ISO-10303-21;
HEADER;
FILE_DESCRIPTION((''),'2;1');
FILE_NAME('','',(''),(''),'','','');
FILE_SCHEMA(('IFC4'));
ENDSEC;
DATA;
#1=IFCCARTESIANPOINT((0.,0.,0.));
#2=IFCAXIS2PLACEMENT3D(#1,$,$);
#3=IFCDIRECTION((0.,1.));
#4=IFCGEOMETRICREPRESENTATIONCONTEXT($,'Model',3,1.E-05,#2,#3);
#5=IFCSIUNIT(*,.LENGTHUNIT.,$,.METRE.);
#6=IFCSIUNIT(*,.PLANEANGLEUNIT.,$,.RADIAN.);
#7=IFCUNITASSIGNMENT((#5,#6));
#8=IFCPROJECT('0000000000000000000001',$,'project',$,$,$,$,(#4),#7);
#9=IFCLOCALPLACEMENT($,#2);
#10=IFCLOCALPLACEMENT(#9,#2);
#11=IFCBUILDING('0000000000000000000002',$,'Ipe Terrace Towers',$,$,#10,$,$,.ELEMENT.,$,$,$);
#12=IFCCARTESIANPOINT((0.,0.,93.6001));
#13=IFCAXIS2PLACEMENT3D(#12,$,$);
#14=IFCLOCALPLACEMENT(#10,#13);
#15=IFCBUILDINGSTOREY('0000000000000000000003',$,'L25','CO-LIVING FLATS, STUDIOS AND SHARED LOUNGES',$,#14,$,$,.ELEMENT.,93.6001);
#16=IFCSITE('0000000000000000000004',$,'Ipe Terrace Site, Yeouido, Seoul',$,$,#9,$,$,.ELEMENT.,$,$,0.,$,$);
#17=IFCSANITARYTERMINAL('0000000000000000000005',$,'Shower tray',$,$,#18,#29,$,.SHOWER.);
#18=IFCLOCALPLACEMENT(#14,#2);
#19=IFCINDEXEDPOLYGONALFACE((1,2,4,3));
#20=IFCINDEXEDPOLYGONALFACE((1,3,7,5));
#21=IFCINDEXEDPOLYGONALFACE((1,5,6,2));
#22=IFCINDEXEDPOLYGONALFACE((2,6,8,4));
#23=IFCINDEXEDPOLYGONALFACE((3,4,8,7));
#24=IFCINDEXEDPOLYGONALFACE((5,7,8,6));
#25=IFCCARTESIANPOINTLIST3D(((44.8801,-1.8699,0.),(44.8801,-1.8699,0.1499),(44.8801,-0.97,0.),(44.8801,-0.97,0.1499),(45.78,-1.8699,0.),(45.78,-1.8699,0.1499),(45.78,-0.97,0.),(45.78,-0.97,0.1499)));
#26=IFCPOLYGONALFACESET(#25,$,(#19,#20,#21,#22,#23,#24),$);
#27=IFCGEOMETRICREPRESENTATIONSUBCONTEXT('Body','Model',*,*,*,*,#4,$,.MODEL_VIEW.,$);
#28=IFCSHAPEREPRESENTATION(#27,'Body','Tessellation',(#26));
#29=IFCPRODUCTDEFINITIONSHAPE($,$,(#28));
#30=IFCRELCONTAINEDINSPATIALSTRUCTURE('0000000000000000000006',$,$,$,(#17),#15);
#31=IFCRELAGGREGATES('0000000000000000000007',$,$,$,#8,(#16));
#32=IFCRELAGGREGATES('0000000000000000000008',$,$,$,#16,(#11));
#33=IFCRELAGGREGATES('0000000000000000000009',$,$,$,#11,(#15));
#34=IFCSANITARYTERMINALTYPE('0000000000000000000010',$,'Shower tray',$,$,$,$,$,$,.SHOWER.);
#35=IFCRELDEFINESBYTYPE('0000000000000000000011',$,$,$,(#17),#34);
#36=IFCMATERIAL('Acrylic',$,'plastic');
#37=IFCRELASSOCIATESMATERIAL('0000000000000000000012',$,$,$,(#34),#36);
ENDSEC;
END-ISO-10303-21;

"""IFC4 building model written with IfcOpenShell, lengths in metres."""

from ifc_helpers import new_model, si_unit, direction, frame, origin, origin_2d, place, context, subcontext, project, spatial, rectangle, extrude, material, type_object, element, save


model = new_model("IFC4")

# Units and contexts
model_context = context("Model", 3, precision=1e-05, world=origin(), true_north=direction((0.0, 1.0)))
body_context = subcontext(model_context, "Body", "Model", "MODEL_VIEW")
ifc_project = project(units=[si_unit("LENGTHUNIT", "METRE"), si_unit("PLANEANGLEUNIT", "RADIAN")], contexts=[model_context])

# Site, building, storey
site_placement = place(None, origin())
site = spatial("IfcSite", under=ifc_project, at=site_placement, Name="Ipe Terrace Site, Yeouido, Seoul", CompositionType="ELEMENT", RefElevation=0.0)
building_placement = place(site_placement, origin())
building = spatial("IfcBuilding", under=site, at=building_placement, Name="Ipe Terrace Towers", CompositionType="ELEMENT")
storey_placement = place(building_placement, frame((0.0, 0.0, 93.6001)))
storey = spatial("IfcBuildingStorey", under=building, at=storey_placement, Name="L25", Description="CO-LIVING FLATS, STUDIOS AND SHARED LOUNGES", CompositionType="ELEMENT", Elevation=93.6001)

# Sanitary terminal
ifc_material_1 = material(Name="Acrylic", Category="plastic")
sanitary_terminal_type_1 = type_object("IfcSanitaryTerminalType", Name="Shower tray", PredefinedType="SHOWER", material=ifc_material_1)
sanitary_terminal_placement = place(storey_placement, frame((45.3301, -1.4199, 0.0), z_axis=(0.0, 0.0, 1.0), x_axis=(0.0, -1.0, 0.0)))
element("IfcSanitaryTerminal", 1, at=sanitary_terminal_placement, inside=storey, type_object=sanitary_terminal_type_1, Name="Shower tray", PredefinedType="SHOWER", context=body_context, shape_type="SweptSolid", body=[
    extrude(rectangle(XDim=0.8999, YDim=0.8999, at=origin_2d()), origin(), (0.0, 0.0, 1.0), 0.1499),
])

save(model, "model.ifc")
